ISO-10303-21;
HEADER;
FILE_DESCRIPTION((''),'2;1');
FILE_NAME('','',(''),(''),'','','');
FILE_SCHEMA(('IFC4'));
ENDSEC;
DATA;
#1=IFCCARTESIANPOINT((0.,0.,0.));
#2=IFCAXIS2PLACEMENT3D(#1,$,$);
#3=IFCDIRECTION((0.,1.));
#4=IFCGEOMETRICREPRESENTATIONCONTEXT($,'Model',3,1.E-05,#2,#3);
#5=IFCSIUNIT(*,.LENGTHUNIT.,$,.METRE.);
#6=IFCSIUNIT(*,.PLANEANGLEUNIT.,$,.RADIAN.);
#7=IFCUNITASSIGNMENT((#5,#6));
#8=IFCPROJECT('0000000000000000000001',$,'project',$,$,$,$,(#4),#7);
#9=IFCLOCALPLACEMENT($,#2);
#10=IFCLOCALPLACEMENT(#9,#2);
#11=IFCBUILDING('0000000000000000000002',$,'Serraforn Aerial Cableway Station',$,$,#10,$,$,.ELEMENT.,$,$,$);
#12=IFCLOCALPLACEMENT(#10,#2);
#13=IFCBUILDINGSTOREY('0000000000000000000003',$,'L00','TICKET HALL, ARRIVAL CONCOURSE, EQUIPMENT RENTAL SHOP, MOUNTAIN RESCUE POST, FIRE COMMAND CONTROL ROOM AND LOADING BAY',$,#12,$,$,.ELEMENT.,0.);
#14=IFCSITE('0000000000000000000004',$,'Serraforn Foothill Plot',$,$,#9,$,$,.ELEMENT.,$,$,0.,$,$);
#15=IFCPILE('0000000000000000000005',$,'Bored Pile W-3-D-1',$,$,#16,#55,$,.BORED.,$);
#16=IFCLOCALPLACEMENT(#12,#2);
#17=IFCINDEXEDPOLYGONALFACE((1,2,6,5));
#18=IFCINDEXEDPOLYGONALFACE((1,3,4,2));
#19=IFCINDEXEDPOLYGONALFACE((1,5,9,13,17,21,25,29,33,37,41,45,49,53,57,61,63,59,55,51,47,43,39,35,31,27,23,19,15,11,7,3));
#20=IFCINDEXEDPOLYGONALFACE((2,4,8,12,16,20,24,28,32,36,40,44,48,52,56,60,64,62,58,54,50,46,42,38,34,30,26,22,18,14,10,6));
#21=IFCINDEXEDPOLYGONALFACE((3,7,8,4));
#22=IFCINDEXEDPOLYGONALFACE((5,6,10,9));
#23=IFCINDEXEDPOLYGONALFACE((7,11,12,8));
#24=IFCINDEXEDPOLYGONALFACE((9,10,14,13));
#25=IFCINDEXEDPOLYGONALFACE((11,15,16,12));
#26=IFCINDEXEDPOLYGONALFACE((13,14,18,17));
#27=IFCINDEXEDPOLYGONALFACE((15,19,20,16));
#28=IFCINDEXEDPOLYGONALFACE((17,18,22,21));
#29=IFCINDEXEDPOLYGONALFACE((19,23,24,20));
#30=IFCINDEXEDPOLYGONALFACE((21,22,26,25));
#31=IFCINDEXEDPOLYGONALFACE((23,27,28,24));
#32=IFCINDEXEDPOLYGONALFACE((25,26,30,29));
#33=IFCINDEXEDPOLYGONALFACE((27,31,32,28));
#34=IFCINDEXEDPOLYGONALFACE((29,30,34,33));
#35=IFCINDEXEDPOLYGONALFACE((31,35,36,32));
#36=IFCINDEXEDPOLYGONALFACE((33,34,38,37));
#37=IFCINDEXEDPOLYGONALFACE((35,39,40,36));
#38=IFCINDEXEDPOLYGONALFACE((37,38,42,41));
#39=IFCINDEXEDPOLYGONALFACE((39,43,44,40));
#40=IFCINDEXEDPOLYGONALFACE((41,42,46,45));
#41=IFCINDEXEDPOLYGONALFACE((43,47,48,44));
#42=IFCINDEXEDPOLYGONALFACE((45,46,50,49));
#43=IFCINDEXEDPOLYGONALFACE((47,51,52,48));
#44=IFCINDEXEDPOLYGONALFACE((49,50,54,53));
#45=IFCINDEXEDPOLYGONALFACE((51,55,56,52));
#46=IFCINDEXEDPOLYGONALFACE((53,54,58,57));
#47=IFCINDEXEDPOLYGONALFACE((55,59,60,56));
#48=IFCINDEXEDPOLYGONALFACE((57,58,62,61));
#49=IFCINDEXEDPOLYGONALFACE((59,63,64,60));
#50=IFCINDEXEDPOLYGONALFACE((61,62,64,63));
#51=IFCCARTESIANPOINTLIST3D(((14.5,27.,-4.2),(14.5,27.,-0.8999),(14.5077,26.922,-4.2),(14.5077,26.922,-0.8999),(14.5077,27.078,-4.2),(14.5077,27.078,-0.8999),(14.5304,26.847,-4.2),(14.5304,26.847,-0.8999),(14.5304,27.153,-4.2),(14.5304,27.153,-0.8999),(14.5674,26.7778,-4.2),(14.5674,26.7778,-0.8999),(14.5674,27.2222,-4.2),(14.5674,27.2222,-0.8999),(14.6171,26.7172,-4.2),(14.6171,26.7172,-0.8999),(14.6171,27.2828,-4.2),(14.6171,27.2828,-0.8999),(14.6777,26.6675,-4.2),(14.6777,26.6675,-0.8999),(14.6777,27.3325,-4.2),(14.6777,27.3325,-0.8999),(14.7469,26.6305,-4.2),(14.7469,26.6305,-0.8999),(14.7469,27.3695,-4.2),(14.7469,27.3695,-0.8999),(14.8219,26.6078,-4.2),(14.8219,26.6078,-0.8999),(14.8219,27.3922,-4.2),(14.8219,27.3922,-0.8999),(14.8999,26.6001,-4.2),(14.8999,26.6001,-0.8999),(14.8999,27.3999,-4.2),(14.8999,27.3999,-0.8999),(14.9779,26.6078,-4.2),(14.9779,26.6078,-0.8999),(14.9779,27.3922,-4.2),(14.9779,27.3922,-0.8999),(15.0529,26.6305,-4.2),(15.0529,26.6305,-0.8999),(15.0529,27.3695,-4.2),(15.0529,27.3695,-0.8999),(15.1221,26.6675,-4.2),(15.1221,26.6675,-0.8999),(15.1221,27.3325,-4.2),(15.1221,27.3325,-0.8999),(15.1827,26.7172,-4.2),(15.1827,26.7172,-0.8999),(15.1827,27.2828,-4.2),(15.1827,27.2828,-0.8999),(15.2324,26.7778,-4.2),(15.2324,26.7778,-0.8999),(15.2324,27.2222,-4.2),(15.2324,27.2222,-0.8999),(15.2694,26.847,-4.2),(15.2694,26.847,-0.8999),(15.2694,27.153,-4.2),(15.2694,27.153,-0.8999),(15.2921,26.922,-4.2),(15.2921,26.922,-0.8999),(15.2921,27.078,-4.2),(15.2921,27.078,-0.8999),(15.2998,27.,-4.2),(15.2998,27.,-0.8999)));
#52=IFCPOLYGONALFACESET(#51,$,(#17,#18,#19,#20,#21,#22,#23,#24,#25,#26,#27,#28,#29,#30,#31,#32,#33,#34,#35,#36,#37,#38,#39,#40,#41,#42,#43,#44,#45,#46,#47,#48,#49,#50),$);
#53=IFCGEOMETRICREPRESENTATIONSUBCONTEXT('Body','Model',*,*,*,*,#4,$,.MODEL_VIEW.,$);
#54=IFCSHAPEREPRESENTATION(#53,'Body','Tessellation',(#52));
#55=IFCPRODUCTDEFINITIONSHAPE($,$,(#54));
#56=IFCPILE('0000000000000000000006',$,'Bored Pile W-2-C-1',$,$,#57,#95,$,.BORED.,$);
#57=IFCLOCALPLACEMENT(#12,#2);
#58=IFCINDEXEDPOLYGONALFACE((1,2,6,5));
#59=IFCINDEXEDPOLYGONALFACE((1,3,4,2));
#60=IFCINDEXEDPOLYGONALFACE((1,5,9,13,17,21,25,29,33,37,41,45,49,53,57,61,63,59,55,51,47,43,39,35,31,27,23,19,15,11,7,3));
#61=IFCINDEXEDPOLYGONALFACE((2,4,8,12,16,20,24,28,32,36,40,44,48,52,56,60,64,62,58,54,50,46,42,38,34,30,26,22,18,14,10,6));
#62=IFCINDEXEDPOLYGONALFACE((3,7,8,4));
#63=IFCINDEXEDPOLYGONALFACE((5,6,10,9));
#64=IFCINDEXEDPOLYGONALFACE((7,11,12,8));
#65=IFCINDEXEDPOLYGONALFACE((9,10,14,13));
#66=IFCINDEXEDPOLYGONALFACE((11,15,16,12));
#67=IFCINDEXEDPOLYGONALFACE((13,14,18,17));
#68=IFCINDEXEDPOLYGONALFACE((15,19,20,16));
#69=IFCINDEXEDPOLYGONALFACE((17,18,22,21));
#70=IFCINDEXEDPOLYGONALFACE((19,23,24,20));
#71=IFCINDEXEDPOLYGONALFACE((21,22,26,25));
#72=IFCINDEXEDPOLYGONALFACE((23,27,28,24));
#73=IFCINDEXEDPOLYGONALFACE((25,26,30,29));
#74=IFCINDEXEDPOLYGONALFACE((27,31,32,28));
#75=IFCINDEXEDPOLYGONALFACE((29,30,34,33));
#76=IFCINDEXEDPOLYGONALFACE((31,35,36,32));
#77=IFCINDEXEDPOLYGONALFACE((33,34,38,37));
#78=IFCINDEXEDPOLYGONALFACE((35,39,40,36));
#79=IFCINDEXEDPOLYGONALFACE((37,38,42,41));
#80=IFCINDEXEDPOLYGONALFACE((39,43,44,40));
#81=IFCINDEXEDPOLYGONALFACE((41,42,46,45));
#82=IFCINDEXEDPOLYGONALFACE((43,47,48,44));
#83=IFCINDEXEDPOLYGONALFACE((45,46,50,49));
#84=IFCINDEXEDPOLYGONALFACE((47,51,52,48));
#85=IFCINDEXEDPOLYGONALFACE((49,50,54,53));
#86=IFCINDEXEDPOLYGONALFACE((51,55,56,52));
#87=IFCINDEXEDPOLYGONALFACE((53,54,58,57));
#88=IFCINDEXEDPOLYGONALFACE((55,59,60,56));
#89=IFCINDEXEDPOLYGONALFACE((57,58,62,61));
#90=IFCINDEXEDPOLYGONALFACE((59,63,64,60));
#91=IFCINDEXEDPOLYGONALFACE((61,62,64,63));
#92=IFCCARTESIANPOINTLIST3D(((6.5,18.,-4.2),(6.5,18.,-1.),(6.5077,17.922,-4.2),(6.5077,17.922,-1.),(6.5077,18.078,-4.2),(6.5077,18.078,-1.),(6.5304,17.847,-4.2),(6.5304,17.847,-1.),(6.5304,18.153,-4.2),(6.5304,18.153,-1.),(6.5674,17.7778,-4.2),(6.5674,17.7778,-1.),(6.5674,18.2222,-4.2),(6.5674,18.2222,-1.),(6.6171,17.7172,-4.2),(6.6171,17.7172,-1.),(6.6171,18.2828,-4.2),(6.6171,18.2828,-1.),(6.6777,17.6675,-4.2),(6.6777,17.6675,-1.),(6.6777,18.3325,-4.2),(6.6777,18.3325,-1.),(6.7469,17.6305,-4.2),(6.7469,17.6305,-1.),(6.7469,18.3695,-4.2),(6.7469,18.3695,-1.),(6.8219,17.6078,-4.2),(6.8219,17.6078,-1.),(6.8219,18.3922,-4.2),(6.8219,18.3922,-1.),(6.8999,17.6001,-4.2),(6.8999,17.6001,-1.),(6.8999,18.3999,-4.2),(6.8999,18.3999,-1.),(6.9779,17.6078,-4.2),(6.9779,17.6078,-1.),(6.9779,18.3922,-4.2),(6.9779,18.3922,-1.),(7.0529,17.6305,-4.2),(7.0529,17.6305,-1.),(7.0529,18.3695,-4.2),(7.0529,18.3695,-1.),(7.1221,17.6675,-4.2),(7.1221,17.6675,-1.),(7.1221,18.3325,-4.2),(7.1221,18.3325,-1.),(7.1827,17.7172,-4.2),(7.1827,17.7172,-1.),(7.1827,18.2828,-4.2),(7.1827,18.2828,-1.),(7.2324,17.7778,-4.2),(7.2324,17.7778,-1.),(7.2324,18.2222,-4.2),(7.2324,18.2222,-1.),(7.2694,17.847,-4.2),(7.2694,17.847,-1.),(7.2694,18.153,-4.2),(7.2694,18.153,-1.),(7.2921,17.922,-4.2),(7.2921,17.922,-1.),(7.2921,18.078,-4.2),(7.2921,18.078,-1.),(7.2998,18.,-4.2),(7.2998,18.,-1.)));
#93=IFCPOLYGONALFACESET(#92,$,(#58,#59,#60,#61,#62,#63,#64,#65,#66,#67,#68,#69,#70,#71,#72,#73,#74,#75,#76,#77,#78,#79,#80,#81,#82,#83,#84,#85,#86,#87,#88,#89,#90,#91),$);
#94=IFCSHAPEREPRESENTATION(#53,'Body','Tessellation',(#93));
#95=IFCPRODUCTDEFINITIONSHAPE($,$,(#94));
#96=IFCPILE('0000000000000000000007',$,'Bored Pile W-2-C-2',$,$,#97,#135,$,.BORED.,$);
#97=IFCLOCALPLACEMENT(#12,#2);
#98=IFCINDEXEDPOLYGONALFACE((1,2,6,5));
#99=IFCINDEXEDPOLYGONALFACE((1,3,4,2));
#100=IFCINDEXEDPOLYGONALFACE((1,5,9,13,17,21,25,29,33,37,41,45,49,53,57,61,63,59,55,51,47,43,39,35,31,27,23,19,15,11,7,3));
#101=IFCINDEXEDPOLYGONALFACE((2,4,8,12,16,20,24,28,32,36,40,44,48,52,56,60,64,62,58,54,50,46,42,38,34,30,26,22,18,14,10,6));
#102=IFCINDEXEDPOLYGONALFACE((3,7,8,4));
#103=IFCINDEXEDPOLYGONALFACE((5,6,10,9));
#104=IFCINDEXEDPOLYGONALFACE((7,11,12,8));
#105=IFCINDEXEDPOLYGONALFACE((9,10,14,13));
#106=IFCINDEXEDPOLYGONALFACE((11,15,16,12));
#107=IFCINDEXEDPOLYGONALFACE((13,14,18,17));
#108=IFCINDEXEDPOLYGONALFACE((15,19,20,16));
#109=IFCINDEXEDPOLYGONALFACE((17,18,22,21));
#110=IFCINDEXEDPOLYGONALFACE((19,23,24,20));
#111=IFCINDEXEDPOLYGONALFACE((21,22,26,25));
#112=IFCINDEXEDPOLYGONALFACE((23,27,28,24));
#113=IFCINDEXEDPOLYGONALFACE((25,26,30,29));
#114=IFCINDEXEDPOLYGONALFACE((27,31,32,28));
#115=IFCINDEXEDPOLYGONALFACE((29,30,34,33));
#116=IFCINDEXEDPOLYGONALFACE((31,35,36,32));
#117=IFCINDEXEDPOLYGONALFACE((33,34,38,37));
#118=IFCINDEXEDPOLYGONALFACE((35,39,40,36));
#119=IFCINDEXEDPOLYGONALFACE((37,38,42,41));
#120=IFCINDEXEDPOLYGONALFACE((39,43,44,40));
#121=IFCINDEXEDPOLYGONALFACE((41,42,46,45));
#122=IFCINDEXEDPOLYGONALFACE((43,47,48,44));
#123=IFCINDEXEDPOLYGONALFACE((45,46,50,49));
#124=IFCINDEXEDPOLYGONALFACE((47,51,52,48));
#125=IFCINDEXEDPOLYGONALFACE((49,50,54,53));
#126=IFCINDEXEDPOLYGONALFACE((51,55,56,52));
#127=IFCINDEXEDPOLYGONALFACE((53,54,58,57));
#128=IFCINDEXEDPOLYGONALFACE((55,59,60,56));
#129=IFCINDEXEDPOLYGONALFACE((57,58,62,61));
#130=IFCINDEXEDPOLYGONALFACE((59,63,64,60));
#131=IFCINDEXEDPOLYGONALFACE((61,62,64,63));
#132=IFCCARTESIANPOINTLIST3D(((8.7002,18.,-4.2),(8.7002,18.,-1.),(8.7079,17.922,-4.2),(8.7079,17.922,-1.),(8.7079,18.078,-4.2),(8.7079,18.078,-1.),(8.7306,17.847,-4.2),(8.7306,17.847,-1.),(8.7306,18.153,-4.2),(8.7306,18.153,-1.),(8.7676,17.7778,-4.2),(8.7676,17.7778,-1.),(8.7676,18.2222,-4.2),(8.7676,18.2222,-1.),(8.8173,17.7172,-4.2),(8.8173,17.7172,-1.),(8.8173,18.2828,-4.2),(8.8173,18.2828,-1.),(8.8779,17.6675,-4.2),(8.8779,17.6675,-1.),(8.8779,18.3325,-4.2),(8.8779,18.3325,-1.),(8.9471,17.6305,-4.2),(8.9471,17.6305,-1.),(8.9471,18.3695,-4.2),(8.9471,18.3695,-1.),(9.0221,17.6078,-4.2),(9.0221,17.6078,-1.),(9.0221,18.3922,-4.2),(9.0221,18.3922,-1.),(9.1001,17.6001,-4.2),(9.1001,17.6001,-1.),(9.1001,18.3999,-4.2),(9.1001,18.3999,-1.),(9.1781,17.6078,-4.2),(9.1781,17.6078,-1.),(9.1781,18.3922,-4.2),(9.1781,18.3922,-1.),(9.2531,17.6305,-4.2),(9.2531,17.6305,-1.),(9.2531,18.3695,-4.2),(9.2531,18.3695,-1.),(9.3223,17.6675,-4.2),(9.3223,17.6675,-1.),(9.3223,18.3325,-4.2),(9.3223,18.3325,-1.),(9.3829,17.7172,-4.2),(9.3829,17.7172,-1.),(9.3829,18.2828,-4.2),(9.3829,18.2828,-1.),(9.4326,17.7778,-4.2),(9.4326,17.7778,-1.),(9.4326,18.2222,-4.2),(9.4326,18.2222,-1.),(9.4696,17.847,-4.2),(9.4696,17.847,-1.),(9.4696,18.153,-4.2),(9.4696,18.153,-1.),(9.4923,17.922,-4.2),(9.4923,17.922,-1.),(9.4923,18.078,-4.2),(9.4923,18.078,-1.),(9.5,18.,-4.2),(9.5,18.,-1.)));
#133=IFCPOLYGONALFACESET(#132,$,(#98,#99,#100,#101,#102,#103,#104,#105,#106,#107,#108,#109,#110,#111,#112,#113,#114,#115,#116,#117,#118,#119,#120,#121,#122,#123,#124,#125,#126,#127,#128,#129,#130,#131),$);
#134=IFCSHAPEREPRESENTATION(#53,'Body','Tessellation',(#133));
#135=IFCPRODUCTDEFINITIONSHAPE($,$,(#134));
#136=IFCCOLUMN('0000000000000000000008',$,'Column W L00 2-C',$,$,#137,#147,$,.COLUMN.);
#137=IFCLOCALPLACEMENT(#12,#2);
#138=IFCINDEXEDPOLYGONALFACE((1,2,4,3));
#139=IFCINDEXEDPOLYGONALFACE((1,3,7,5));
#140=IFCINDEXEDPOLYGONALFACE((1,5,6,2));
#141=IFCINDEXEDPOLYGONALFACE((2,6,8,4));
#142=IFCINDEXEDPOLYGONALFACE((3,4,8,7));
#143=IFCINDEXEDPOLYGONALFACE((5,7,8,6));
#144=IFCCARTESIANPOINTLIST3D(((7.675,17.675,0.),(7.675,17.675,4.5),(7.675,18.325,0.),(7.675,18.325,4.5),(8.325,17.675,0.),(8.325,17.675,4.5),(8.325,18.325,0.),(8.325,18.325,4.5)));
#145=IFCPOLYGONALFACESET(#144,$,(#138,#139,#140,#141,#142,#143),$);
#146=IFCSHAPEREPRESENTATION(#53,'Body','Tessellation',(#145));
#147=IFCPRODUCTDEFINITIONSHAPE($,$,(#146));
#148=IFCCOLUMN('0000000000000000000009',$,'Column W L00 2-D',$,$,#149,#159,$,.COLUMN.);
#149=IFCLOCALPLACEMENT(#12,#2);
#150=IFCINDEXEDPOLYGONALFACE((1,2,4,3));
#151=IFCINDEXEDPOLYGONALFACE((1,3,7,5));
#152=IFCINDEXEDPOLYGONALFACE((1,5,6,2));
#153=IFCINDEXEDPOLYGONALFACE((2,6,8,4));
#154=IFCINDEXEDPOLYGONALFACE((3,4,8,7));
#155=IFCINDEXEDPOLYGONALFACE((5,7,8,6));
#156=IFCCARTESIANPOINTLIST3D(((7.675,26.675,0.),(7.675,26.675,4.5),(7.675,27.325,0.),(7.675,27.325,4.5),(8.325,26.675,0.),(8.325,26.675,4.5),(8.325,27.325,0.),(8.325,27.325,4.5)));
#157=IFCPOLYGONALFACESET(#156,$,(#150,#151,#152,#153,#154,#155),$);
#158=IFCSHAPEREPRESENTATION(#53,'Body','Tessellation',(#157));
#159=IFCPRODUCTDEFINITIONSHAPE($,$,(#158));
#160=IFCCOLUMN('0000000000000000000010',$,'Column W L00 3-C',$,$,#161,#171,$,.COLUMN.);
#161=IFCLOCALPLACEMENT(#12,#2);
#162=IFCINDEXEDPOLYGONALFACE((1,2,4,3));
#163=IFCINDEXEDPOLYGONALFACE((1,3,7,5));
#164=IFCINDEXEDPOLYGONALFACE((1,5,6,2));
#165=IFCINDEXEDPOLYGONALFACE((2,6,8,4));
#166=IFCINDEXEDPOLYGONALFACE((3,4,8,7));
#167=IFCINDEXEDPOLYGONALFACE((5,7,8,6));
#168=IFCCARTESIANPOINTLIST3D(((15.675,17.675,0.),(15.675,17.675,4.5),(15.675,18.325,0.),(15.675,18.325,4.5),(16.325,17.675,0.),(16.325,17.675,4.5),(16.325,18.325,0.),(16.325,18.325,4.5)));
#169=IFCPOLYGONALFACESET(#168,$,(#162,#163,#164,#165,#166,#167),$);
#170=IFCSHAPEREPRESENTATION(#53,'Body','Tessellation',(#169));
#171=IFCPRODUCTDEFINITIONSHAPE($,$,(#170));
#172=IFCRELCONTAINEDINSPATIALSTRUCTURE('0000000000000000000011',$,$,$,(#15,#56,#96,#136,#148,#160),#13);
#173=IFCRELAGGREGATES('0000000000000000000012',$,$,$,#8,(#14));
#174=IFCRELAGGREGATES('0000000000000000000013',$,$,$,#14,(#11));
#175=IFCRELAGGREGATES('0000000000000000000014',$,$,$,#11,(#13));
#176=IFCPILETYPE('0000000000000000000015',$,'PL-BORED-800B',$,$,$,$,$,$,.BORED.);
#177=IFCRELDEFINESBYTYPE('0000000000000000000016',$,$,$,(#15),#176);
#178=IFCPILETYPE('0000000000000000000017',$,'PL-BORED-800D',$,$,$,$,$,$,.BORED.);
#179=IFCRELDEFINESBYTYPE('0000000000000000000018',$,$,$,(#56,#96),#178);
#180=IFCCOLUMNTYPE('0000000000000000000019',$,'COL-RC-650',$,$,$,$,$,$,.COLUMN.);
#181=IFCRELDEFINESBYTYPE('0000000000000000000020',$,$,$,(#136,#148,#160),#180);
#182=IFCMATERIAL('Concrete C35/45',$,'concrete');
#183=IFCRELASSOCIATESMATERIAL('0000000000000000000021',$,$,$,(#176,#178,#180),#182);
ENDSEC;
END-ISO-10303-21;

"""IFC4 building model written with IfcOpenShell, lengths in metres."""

from ifc_helpers import new_model, si_unit, direction, frame, origin, origin_2d, place, context, subcontext, project, spatial, rectangle, circle, extrude, material, material_profile, profile_set, type_object, element, save


model = new_model("IFC4")

# Units and contexts
model_context = context("Model", 3, precision=1e-05, world=origin(), true_north=direction((0.0, 1.0)))
body_context = subcontext(model_context, "Body", "Model", "MODEL_VIEW")
ifc_project = project(units=[si_unit("LENGTHUNIT", "METRE"), si_unit("PLANEANGLEUNIT", "RADIAN")], contexts=[model_context])

# Site, building, storey
site_placement = place(None, origin())
site = spatial("IfcSite", under=ifc_project, at=site_placement, Name="Serraforn Foothill Plot", CompositionType="ELEMENT", RefElevation=0.0)
building_placement = place(site_placement, origin())
building = spatial("IfcBuilding", under=site, at=building_placement, Name="Serraforn Aerial Cableway Station", CompositionType="ELEMENT")
storey_placement = place(building_placement, origin())
storey = spatial("IfcBuildingStorey", under=building, at=storey_placement, Name="L00", Description="TICKET HALL, ARRIVAL CONCOURSE, EQUIPMENT RENTAL SHOP, MOUNTAIN RESCUE POST, FIRE COMMAND CONTROL ROOM AND LOADING BAY", CompositionType="ELEMENT", Elevation=0.0)

# Shared definitions
ifc_material_1 = material(Name="Concrete C35/45", Category="concrete")

# Piles
ifc_material_profile_1 = material_profile(ifc_material_1, circle(Radius=0.3999, at=origin_2d()), Name="BORED PILE D800")
ifc_profile_set_1 = profile_set([ifc_material_profile_1], Name="Concrete C35/45")
pile_type_1 = type_object("IfcPileType", Name="PL-BORED-800B", PredefinedType="BORED", material=ifc_profile_set_1)
pile_placement = place(storey_placement, frame((14.8999, 27.0, -0.8999), z_axis=(0.0, 0.0, -1.0), x_axis=(1.0, 0.0, 0.0)))
element("IfcPile", 1, at=pile_placement, inside=storey, type_object=pile_type_1, Name="Bored Pile W-3-D-1", PredefinedType="BORED", context=body_context, shape_type="SweptSolid", body=[
    extrude(circle(Radius=0.3999, at=origin_2d()), origin(), (0.0, 0.0, 1.0), 3.3),
])
ifc_material_profile_2 = material_profile(ifc_material_1, circle(Radius=0.3999, at=origin_2d()), Name="BORED PILE D800")
ifc_profile_set_2 = profile_set([ifc_material_profile_2], Name="Concrete C35/45")
pile_type_2 = type_object("IfcPileType", Name="PL-BORED-800D", PredefinedType="BORED", material=ifc_profile_set_2)
for number, where, z_axis, x_axis, name in (
    (2, (6.8999, 18.0, -1.0), (0.0, 0.0, -1.0), (1.0, 0.0, 0.0), "Bored Pile W-2-C-1"),
    (3, (9.1001, 18.0, -1.0), (0.0, 0.0, -1.0), (1.0, 0.0, 0.0), "Bored Pile W-2-C-2"),
):
    element("IfcPile", number, at=place(storey_placement, frame(where, z_axis=z_axis, x_axis=x_axis)), inside=storey, type_object=pile_type_2, Name=name, PredefinedType="BORED", context=body_context, shape_type="SweptSolid", body=[
        extrude(circle(Radius=0.3999, at=origin_2d()), origin(), (0.0, 0.0, 1.0), 3.2),
    ])

# Columns
ifc_material_profile_3 = material_profile(ifc_material_1, rectangle(XDim=0.6499, YDim=0.6499, at=origin_2d()), Name="RC 650x650")
ifc_profile_set_3 = profile_set([ifc_material_profile_3], Name="Concrete C35/45")
column_type = type_object("IfcColumnType", Name="COL-RC-650", PredefinedType="COLUMN", material=ifc_profile_set_3)
for number, where, z_axis, x_axis, name in (
    (4, (8.0, 18.0, 0.0), (0.0, 0.0, 1.0), (1.0, 0.0, 0.0), "Column W L00 2-C"),
    (5, (8.0, 27.0, 0.0), (0.0, 0.0, 1.0), (1.0, 0.0, 0.0), "Column W L00 2-D"),
    (6, (16.0, 18.0, 0.0), (0.0, 0.0, 1.0), (1.0, 0.0, 0.0), "Column W L00 3-C"),
):
    element("IfcColumn", number, at=place(storey_placement, frame(where, z_axis=z_axis, x_axis=x_axis)), inside=storey, type_object=column_type, Name=name, PredefinedType="COLUMN", context=body_context, shape_type="SweptSolid", body=[
        extrude(rectangle(XDim=0.6499, YDim=0.6499, at=origin_2d()), origin(), (0.0, 0.0, 1.0), 4.5),
    ])

save(model, "model.ifc")
